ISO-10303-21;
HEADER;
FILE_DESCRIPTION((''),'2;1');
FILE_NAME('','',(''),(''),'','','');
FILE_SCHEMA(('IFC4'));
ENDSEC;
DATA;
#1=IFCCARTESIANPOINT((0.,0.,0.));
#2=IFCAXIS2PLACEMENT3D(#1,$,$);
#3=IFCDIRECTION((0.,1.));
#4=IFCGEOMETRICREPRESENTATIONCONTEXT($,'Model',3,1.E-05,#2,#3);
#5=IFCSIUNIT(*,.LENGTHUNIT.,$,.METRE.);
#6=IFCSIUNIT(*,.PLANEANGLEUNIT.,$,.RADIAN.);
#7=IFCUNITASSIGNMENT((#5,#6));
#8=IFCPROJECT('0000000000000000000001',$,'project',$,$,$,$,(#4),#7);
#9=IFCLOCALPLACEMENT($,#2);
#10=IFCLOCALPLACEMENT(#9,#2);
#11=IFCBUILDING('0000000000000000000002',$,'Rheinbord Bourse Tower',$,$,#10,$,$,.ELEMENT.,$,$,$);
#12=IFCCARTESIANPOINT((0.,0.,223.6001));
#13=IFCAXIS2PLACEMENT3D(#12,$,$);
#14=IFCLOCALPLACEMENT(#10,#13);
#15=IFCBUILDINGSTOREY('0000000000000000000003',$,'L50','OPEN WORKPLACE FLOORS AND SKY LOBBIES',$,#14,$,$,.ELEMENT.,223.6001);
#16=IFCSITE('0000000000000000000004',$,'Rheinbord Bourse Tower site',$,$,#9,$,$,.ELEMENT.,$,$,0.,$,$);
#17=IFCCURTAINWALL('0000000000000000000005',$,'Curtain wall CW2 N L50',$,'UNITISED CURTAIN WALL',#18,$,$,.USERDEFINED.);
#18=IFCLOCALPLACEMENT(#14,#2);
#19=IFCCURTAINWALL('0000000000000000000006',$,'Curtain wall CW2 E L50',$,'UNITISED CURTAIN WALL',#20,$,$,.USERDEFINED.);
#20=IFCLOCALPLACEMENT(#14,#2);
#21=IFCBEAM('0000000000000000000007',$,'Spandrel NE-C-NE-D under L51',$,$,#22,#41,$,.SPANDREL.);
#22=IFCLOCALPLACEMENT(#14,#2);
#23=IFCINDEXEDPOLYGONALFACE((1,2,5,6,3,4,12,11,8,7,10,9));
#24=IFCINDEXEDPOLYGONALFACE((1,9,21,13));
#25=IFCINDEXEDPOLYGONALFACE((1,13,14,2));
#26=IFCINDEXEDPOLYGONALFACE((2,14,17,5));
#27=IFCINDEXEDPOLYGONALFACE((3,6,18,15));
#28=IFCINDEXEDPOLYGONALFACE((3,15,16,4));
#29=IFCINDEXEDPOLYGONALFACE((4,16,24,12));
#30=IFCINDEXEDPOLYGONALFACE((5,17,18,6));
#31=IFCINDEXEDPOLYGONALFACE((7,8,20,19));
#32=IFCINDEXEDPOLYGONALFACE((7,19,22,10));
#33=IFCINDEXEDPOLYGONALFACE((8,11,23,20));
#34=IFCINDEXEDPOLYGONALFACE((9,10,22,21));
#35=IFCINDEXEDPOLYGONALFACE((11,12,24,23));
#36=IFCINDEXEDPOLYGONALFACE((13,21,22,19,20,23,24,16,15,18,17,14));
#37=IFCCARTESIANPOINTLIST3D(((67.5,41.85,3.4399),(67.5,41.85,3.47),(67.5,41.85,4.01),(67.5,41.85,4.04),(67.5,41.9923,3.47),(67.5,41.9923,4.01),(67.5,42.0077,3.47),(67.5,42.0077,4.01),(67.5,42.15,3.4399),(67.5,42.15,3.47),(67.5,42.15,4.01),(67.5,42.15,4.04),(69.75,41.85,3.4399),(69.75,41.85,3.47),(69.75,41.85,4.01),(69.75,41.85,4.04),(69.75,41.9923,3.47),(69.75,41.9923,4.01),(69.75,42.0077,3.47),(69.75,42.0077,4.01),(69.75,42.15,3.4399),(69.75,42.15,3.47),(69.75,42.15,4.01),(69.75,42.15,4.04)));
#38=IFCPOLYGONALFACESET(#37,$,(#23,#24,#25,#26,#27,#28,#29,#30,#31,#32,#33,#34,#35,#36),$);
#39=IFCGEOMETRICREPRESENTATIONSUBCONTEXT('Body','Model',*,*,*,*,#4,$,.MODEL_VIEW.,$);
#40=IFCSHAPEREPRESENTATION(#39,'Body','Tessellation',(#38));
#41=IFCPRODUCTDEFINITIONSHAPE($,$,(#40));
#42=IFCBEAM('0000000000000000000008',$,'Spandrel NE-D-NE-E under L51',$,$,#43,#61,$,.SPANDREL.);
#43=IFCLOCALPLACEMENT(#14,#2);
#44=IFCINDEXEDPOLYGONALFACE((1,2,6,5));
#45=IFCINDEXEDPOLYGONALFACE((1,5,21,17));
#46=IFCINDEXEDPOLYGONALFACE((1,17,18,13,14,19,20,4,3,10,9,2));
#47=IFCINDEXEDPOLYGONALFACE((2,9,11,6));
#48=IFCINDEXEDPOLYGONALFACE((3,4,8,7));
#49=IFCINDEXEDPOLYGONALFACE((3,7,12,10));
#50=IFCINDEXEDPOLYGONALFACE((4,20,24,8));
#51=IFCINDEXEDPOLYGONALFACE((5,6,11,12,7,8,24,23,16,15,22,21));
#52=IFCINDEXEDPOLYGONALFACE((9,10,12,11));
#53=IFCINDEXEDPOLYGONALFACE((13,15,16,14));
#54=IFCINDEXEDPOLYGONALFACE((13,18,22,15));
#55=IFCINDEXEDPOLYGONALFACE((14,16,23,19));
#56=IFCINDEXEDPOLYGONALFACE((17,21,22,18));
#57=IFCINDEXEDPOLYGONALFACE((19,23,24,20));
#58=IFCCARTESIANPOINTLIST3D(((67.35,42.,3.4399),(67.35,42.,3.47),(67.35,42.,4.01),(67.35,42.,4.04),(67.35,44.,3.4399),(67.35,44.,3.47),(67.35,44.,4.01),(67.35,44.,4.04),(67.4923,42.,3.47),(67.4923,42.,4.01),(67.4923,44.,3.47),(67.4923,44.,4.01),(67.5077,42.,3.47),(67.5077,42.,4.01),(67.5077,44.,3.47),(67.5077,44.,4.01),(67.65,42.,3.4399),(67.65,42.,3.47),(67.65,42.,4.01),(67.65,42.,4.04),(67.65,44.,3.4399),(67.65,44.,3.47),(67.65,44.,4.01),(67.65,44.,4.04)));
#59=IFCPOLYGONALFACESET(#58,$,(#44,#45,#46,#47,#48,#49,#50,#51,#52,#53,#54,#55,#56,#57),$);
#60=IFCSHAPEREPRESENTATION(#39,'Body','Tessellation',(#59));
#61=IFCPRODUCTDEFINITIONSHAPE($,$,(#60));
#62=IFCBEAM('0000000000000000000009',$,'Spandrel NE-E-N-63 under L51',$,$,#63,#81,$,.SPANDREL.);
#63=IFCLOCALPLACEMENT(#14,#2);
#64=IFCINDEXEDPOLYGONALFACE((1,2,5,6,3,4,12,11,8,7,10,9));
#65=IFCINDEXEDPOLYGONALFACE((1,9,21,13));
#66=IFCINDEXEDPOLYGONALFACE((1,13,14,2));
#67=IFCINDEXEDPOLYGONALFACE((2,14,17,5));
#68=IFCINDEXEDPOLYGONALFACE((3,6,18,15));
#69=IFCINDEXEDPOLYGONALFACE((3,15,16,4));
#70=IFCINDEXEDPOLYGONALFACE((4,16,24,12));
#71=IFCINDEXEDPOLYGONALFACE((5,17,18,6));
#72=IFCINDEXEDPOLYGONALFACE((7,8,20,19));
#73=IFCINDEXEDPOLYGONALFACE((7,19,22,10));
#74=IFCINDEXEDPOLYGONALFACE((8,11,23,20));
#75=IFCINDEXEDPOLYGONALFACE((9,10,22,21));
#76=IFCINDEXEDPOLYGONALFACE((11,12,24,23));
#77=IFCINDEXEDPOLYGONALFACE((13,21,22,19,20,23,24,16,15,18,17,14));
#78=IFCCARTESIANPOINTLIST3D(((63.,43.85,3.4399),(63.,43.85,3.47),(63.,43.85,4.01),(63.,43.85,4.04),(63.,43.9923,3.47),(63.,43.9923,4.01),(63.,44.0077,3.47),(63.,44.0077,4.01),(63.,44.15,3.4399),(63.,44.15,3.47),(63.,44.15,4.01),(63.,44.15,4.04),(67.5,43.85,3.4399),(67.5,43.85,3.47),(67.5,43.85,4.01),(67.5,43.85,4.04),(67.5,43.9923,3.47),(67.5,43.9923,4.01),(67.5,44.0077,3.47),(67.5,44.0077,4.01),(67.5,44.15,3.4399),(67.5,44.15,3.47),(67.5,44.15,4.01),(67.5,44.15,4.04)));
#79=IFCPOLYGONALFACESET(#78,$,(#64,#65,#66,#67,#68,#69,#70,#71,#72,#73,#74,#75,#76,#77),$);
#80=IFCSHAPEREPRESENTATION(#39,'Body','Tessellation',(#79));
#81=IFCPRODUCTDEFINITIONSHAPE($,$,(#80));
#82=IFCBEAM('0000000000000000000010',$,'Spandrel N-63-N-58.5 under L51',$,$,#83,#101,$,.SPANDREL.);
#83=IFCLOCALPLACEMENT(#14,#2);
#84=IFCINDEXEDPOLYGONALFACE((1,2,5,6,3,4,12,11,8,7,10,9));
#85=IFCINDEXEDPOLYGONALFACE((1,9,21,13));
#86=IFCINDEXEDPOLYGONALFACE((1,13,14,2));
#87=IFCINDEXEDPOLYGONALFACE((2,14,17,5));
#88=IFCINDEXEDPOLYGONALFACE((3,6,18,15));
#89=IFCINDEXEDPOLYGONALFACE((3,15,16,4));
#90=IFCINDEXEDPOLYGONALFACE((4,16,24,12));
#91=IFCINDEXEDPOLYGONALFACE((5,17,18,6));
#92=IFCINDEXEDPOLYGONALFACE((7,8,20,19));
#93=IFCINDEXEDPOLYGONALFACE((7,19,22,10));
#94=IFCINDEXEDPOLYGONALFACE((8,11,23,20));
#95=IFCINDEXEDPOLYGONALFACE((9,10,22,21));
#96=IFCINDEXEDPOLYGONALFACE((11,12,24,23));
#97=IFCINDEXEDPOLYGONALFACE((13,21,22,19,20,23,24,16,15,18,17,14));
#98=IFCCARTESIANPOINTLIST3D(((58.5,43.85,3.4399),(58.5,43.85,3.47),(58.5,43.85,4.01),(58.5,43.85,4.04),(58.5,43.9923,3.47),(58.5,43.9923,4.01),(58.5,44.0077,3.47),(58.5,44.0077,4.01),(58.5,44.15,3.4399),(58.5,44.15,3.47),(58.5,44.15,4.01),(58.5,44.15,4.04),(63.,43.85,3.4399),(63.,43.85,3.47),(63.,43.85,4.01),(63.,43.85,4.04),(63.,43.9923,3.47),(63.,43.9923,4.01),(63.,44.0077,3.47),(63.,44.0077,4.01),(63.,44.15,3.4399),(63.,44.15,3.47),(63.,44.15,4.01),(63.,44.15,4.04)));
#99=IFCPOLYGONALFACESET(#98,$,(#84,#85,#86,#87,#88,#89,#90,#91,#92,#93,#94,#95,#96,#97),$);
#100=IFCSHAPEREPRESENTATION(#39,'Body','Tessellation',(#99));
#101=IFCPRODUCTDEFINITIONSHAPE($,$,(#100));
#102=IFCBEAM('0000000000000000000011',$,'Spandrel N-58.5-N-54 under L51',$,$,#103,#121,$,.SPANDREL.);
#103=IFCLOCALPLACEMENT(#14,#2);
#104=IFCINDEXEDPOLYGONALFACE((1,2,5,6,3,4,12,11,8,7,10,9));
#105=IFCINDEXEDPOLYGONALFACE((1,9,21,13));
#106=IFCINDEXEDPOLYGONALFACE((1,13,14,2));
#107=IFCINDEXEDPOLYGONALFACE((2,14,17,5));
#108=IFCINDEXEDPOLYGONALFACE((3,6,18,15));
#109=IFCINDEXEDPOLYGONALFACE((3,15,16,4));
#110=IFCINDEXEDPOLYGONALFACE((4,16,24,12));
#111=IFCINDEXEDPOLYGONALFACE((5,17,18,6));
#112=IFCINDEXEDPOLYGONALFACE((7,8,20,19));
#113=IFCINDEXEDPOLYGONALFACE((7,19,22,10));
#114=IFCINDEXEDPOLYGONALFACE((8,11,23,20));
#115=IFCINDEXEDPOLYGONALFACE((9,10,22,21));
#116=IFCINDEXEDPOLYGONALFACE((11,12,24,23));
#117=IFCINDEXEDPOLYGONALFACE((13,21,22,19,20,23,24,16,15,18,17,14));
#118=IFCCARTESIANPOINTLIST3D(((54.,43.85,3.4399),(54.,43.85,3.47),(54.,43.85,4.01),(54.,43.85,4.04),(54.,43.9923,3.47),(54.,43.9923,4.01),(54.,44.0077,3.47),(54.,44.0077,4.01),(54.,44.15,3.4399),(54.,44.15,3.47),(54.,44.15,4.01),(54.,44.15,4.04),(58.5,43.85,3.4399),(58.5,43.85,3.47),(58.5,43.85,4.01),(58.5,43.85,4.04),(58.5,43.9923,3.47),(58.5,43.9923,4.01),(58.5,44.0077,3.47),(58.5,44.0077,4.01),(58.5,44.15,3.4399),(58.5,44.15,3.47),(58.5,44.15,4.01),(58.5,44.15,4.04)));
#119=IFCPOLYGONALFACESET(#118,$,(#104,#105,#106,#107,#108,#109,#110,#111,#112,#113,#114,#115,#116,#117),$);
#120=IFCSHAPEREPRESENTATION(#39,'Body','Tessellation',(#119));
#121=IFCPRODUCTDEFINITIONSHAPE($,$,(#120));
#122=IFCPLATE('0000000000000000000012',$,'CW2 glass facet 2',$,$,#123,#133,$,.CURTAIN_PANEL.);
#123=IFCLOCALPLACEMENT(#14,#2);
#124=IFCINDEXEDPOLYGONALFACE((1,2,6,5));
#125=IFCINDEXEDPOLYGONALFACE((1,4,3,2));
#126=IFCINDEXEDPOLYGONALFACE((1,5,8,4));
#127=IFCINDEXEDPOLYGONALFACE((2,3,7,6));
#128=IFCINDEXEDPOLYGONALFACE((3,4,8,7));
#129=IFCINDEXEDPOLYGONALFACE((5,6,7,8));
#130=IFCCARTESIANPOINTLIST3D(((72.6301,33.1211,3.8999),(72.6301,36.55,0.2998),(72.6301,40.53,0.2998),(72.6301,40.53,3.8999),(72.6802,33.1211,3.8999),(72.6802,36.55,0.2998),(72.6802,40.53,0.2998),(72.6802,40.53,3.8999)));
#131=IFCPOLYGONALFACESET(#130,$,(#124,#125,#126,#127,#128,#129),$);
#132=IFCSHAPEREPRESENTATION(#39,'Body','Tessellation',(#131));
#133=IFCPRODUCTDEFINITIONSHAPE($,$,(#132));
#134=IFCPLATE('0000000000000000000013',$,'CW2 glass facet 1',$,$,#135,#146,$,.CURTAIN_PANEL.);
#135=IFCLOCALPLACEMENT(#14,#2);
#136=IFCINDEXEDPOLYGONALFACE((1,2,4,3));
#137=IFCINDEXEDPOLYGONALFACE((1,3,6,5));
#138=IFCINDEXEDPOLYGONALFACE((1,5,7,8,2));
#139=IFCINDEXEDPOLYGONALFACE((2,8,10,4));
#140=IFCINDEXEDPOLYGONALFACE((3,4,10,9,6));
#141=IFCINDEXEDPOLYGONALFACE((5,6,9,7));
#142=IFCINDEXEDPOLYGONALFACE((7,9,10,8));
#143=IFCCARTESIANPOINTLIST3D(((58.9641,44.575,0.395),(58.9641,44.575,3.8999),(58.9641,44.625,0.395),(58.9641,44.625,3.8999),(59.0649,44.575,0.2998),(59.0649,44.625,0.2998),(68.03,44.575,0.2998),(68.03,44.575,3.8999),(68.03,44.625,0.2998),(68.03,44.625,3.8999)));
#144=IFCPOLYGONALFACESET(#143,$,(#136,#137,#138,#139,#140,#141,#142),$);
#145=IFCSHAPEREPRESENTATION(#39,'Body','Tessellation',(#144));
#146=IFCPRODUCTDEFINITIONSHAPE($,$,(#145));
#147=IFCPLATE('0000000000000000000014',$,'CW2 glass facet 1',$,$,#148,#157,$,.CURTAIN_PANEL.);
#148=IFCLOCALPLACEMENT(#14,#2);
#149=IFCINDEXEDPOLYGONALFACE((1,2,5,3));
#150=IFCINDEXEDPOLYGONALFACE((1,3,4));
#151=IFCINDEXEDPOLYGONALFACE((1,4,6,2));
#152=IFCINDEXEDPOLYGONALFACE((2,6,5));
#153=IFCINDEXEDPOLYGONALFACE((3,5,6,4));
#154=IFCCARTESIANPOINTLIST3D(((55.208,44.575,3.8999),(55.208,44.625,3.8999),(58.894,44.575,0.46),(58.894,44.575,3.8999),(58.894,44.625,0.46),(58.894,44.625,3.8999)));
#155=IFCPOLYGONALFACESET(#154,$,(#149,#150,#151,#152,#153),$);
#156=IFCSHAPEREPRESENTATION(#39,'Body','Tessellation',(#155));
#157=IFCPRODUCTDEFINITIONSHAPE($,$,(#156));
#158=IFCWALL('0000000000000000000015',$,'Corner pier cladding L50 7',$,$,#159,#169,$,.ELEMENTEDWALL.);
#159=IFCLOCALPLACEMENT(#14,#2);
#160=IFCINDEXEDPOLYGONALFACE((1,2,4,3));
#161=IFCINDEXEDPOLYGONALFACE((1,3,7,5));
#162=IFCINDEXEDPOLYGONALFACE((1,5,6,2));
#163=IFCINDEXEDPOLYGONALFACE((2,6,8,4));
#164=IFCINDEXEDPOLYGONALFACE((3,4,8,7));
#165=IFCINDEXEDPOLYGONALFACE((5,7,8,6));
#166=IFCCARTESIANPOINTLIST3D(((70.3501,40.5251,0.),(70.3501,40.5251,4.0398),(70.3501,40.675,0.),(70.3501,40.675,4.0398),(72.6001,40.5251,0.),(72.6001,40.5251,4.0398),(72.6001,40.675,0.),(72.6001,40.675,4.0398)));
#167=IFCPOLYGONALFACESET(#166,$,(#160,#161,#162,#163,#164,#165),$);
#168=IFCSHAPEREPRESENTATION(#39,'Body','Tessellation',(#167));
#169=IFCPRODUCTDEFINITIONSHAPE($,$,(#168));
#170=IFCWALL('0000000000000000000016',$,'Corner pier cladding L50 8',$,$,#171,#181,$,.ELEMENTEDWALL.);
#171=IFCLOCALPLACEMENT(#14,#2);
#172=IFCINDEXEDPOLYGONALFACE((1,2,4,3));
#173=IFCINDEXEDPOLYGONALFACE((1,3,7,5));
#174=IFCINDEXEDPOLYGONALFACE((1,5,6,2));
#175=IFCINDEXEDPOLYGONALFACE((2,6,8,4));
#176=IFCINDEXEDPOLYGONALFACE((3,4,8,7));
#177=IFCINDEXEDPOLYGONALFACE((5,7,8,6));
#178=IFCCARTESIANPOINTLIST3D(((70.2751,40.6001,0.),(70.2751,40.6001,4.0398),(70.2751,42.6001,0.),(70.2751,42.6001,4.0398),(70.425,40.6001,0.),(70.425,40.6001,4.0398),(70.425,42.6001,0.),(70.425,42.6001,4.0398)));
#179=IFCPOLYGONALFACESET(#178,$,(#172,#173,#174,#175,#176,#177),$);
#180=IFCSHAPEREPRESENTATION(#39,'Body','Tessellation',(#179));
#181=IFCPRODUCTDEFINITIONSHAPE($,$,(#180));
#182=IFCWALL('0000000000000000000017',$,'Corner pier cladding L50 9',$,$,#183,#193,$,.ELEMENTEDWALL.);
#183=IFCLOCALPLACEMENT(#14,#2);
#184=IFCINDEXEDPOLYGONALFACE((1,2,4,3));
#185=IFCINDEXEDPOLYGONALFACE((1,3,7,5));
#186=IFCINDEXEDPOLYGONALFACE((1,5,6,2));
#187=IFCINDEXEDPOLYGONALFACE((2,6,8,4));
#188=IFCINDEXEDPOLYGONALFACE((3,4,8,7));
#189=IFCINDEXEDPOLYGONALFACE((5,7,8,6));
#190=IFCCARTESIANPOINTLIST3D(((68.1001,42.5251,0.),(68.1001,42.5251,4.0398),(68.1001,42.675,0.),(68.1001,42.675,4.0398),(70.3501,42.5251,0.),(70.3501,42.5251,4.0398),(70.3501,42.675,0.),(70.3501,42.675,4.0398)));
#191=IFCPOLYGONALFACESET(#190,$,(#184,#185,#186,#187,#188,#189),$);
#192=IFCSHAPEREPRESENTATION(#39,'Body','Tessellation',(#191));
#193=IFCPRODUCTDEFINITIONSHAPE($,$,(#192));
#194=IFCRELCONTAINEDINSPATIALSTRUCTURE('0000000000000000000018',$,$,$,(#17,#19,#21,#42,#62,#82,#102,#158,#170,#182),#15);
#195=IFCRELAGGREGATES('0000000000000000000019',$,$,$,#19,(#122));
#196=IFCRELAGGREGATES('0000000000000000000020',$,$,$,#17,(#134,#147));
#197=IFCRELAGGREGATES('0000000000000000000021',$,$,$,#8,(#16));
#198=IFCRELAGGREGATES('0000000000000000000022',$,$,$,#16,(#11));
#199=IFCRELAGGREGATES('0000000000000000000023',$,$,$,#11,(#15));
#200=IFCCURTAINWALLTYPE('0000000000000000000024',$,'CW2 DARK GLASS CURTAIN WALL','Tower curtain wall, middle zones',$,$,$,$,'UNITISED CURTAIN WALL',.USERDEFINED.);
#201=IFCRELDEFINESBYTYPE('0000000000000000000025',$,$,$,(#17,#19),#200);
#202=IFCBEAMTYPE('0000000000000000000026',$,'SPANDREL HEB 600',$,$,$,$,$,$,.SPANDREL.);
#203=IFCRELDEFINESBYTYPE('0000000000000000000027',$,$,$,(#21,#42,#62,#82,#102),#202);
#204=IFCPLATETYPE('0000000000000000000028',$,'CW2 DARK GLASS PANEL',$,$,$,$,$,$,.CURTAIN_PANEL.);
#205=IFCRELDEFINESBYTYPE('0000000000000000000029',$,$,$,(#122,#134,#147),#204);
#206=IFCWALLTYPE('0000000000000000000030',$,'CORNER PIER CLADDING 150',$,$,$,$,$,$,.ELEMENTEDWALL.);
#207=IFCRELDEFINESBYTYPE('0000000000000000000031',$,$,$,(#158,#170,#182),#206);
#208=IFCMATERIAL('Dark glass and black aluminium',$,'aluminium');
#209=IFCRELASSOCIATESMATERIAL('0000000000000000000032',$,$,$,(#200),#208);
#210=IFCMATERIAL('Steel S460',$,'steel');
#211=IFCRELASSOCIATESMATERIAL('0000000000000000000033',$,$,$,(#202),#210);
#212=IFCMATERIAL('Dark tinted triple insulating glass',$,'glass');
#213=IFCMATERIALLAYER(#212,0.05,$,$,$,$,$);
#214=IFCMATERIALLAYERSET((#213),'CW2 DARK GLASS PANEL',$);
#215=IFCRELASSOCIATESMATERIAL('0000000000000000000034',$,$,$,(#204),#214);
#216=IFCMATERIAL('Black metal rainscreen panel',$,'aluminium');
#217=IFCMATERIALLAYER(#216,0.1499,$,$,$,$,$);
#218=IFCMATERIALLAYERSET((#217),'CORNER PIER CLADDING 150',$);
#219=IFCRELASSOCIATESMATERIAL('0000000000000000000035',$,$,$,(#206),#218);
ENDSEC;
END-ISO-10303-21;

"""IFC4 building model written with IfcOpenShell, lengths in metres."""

from ifc_helpers import new_model, si_unit, direction, frame, frame_2d, origin, origin_2d, place, context, subcontext, project, spatial, polyline, rectangle, i_section, outline, extrude, material, layer, layer_set, material_profile, profile_set, type_object, element, aggregate, save


model = new_model("IFC4")

# Units and contexts
model_context = context("Model", 3, precision=1e-05, world=origin(), true_north=direction((0.0, 1.0)))
body_context = subcontext(model_context, "Body", "Model", "MODEL_VIEW")
ifc_project = project(units=[si_unit("LENGTHUNIT", "METRE"), si_unit("PLANEANGLEUNIT", "RADIAN")], contexts=[model_context])

# Site, building, storey
site_placement = place(None, origin())
site = spatial("IfcSite", under=ifc_project, at=site_placement, Name="Rheinbord Bourse Tower site", CompositionType="ELEMENT", RefElevation=0.0)
building_placement = place(site_placement, origin())
building = spatial("IfcBuilding", under=site, at=building_placement, Name="Rheinbord Bourse Tower", CompositionType="ELEMENT")
storey_placement = place(building_placement, frame((0.0, 0.0, 223.6001)))
storey = spatial("IfcBuildingStorey", under=building, at=storey_placement, Name="L50", Description="OPEN WORKPLACE FLOORS AND SKY LOBBIES", CompositionType="ELEMENT", Elevation=223.6001)

# Curtain walls
ifc_material_1 = material(Name="Dark glass and black aluminium", Category="aluminium")
curtain_wall_type = type_object("IfcCurtainWallType", Name="CW2 DARK GLASS CURTAIN WALL", Description="Tower curtain wall, middle zones", ElementType="UNITISED CURTAIN WALL", PredefinedType="USERDEFINED", material=ifc_material_1)
curtain_wall_1_placement = place(storey_placement, origin())
curtain_wall_1 = element("IfcCurtainWall", 1, at=curtain_wall_1_placement, inside=storey, type_object=curtain_wall_type, Name="Curtain wall CW2 N L50", ObjectType="UNITISED CURTAIN WALL", PredefinedType="USERDEFINED")
curtain_wall_2_placement = place(storey_placement, origin())
curtain_wall_2 = element("IfcCurtainWall", 2, at=curtain_wall_2_placement, inside=storey, type_object=curtain_wall_type, Name="Curtain wall CW2 E L50", ObjectType="UNITISED CURTAIN WALL", PredefinedType="USERDEFINED")

# Beams
ifc_material_2 = material(Name="Steel S460", Category="steel")
ifc_material_profile_1 = material_profile(ifc_material_2, i_section(OverallWidth=0.3, OverallDepth=0.6001, WebThickness=0.0154, FlangeThickness=0.03, at=origin_2d()), Name="HEB 600")
ifc_profile_set_1 = profile_set([ifc_material_profile_1], Name="Steel S460")
beam_type_1 = type_object("IfcBeamType", Name="SPANDREL HEB 600", PredefinedType="SPANDREL", material=ifc_profile_set_1)
for number, where, z_axis, x_axis, name in (
    (3, (69.75, 42.0, 3.74), (-1.0, 0.0, 0.0), (0.0, -1.0, 0.0), "Spandrel NE-C-NE-D under L51"),
):
    element("IfcBeam", number, at=place(storey_placement, frame(where, z_axis=z_axis, x_axis=x_axis)), inside=storey, type_object=beam_type_1, Name=name, PredefinedType="SPANDREL", context=body_context, shape_type="SweptSolid", body=[
        extrude(i_section(OverallWidth=0.3, OverallDepth=0.6001, WebThickness=0.0154, FlangeThickness=0.03, at=origin_2d()), origin(), (0.0, 0.0, 1.0), 2.25),
    ])
beam_placement = place(storey_placement, frame((67.5, 42.0, 3.74), z_axis=(0.0, 1.0, 0.0), x_axis=(-1.0, 0.0, 0.0)))
element("IfcBeam", 4, at=beam_placement, inside=storey, type_object=beam_type_1, Name="Spandrel NE-D-NE-E under L51", PredefinedType="SPANDREL", context=body_context, shape_type="SweptSolid", body=[
    extrude(i_section(OverallWidth=0.3, OverallDepth=0.6001, WebThickness=0.0154, FlangeThickness=0.03, at=origin_2d()), origin(), (0.0, 0.0, 1.0), 2.0),
])
for number, where, z_axis, x_axis, name in (
    (5, (67.5, 44.0, 3.74), (-1.0, 0.0, 0.0), (0.0, -1.0, 0.0), "Spandrel NE-E-N-63 under L51"),
    (6, (63.0, 44.0, 3.74), (-1.0, 0.0, 0.0), (0.0, -1.0, 0.0), "Spandrel N-63-N-58.5 under L51"),
    (7, (58.5, 44.0, 3.74), (-1.0, 0.0, 0.0), (0.0, -1.0, 0.0), "Spandrel N-58.5-N-54 under L51"),
):
    element("IfcBeam", number, at=place(storey_placement, frame(where, z_axis=z_axis, x_axis=x_axis)), inside=storey, type_object=beam_type_1, Name=name, PredefinedType="SPANDREL", context=body_context, shape_type="SweptSolid", body=[
        extrude(i_section(OverallWidth=0.3, OverallDepth=0.6001, WebThickness=0.0154, FlangeThickness=0.03, at=origin_2d()), origin(), (0.0, 0.0, 1.0), 4.5),
    ])

# Plates
ifc_material_3 = material(Name="Dark tinted triple insulating glass", Category="glass")
ifc_layer_1 = layer(ifc_material_3, 0.05)
ifc_layer_set_1 = layer_set([ifc_layer_1], Name="CW2 DARK GLASS PANEL")
plate_type = type_object("IfcPlateType", Name="CW2 DARK GLASS PANEL", PredefinedType="CURTAIN_PANEL", material=ifc_layer_set_1)
plate_1_placement = place(storey_placement, frame((72.6802, 40.53, 3.8999), z_axis=(-1.0, 0.0, 0.0), x_axis=(0.0, 0.0, -1.0)))
plate_1 = element("IfcPlate", 8, at=plate_1_placement, type_object=plate_type, Name="CW2 glass facet 2", PredefinedType="CURTAIN_PANEL", context=body_context, shape_type="SweptSolid", body=[
    extrude(outline(polyline([(0.0, 0.0), (3.6001, 0.0), (3.6001, 3.98), (0.0, 7.4089), (0.0, 0.0)])), origin(), (0.0, 0.0, 1.0), 0.05),
])
aggregate(curtain_wall_2, [plate_1])
plate_2_placement = place(storey_placement, frame((68.03, 44.625, 0.2998), z_axis=(0.0, -1.0, 0.0), x_axis=(0.0, 0.0, 1.0)))
plate_2 = element("IfcPlate", 9, at=plate_2_placement, type_object=plate_type, Name="CW2 glass facet 1", PredefinedType="CURTAIN_PANEL", context=body_context, shape_type="SweptSolid", body=[
    extrude(outline(polyline([(0.0, 0.0), (3.6001, 0.0), (3.6001, 9.0659), (0.0952, 9.0659), (0.0, 8.9651), (0.0, 0.0)])), origin(), (0.0, 0.0, 1.0), 0.05),
])
plate_3_placement = place(storey_placement, frame((58.894, 44.625, 3.8999), z_axis=(0.0, -1.0, 0.0), x_axis=(-1.0, 0.0, 0.0)))
plate_3 = element("IfcPlate", 10, at=plate_3_placement, type_object=plate_type, Name="CW2 glass facet 1", PredefinedType="CURTAIN_PANEL", context=body_context, shape_type="SweptSolid", body=[
    extrude(outline(polyline([(0.0, 0.0), (3.686, 0.0), (0.0, 3.4399), (0.0, 0.0)])), origin(), (0.0, 0.0, 1.0), 0.05),
])
aggregate(curtain_wall_1, [plate_2, plate_3])

# Walls
ifc_material_4 = material(Name="Black metal rainscreen panel", Category="aluminium")
ifc_layer_2 = layer(ifc_material_4, 0.1499)
ifc_layer_set_2 = layer_set([ifc_layer_2], Name="CORNER PIER CLADDING 150")
wall_type = type_object("IfcWallType", Name="CORNER PIER CLADDING 150", PredefinedType="ELEMENTEDWALL", material=ifc_layer_set_2)
wall_1_placement = place(storey_placement, frame((72.6001, 40.6001, 0.0), z_axis=(0.0, 0.0, 1.0), x_axis=(-1.0, 0.0, 0.0)))
element("IfcWall", 11, at=wall_1_placement, inside=storey, type_object=wall_type, Name="Corner pier cladding L50 7", PredefinedType="ELEMENTEDWALL", context=body_context, shape_type="SweptSolid", body=[
    extrude(rectangle(XDim=2.25, YDim=0.1499, at=frame_2d((1.125, 0.0))), origin(), (0.0, 0.0, 1.0), 4.0398),
])
wall_2_placement = place(storey_placement, frame((70.3501, 40.6001, 0.0), z_axis=(0.0, 0.0, 1.0), x_axis=(0.0, 1.0, 0.0)))
element("IfcWall", 12, at=wall_2_placement, inside=storey, type_object=wall_type, Name="Corner pier cladding L50 8", PredefinedType="ELEMENTEDWALL", context=body_context, shape_type="SweptSolid", body=[
    extrude(rectangle(XDim=2.0, YDim=0.1499, at=frame_2d((1.0, 0.0))), origin(), (0.0, 0.0, 1.0), 4.0398),
])
wall_3_placement = place(storey_placement, frame((70.3501, 42.6001, 0.0), z_axis=(0.0, 0.0, 1.0), x_axis=(-1.0, 0.0, 0.0)))
element("IfcWall", 13, at=wall_3_placement, inside=storey, type_object=wall_type, Name="Corner pier cladding L50 9", PredefinedType="ELEMENTEDWALL", context=body_context, shape_type="SweptSolid", body=[
    extrude(rectangle(XDim=2.25, YDim=0.1499, at=frame_2d((1.125, 0.0))), origin(), (0.0, 0.0, 1.0), 4.0398),
])

save(model, "model.ifc")
